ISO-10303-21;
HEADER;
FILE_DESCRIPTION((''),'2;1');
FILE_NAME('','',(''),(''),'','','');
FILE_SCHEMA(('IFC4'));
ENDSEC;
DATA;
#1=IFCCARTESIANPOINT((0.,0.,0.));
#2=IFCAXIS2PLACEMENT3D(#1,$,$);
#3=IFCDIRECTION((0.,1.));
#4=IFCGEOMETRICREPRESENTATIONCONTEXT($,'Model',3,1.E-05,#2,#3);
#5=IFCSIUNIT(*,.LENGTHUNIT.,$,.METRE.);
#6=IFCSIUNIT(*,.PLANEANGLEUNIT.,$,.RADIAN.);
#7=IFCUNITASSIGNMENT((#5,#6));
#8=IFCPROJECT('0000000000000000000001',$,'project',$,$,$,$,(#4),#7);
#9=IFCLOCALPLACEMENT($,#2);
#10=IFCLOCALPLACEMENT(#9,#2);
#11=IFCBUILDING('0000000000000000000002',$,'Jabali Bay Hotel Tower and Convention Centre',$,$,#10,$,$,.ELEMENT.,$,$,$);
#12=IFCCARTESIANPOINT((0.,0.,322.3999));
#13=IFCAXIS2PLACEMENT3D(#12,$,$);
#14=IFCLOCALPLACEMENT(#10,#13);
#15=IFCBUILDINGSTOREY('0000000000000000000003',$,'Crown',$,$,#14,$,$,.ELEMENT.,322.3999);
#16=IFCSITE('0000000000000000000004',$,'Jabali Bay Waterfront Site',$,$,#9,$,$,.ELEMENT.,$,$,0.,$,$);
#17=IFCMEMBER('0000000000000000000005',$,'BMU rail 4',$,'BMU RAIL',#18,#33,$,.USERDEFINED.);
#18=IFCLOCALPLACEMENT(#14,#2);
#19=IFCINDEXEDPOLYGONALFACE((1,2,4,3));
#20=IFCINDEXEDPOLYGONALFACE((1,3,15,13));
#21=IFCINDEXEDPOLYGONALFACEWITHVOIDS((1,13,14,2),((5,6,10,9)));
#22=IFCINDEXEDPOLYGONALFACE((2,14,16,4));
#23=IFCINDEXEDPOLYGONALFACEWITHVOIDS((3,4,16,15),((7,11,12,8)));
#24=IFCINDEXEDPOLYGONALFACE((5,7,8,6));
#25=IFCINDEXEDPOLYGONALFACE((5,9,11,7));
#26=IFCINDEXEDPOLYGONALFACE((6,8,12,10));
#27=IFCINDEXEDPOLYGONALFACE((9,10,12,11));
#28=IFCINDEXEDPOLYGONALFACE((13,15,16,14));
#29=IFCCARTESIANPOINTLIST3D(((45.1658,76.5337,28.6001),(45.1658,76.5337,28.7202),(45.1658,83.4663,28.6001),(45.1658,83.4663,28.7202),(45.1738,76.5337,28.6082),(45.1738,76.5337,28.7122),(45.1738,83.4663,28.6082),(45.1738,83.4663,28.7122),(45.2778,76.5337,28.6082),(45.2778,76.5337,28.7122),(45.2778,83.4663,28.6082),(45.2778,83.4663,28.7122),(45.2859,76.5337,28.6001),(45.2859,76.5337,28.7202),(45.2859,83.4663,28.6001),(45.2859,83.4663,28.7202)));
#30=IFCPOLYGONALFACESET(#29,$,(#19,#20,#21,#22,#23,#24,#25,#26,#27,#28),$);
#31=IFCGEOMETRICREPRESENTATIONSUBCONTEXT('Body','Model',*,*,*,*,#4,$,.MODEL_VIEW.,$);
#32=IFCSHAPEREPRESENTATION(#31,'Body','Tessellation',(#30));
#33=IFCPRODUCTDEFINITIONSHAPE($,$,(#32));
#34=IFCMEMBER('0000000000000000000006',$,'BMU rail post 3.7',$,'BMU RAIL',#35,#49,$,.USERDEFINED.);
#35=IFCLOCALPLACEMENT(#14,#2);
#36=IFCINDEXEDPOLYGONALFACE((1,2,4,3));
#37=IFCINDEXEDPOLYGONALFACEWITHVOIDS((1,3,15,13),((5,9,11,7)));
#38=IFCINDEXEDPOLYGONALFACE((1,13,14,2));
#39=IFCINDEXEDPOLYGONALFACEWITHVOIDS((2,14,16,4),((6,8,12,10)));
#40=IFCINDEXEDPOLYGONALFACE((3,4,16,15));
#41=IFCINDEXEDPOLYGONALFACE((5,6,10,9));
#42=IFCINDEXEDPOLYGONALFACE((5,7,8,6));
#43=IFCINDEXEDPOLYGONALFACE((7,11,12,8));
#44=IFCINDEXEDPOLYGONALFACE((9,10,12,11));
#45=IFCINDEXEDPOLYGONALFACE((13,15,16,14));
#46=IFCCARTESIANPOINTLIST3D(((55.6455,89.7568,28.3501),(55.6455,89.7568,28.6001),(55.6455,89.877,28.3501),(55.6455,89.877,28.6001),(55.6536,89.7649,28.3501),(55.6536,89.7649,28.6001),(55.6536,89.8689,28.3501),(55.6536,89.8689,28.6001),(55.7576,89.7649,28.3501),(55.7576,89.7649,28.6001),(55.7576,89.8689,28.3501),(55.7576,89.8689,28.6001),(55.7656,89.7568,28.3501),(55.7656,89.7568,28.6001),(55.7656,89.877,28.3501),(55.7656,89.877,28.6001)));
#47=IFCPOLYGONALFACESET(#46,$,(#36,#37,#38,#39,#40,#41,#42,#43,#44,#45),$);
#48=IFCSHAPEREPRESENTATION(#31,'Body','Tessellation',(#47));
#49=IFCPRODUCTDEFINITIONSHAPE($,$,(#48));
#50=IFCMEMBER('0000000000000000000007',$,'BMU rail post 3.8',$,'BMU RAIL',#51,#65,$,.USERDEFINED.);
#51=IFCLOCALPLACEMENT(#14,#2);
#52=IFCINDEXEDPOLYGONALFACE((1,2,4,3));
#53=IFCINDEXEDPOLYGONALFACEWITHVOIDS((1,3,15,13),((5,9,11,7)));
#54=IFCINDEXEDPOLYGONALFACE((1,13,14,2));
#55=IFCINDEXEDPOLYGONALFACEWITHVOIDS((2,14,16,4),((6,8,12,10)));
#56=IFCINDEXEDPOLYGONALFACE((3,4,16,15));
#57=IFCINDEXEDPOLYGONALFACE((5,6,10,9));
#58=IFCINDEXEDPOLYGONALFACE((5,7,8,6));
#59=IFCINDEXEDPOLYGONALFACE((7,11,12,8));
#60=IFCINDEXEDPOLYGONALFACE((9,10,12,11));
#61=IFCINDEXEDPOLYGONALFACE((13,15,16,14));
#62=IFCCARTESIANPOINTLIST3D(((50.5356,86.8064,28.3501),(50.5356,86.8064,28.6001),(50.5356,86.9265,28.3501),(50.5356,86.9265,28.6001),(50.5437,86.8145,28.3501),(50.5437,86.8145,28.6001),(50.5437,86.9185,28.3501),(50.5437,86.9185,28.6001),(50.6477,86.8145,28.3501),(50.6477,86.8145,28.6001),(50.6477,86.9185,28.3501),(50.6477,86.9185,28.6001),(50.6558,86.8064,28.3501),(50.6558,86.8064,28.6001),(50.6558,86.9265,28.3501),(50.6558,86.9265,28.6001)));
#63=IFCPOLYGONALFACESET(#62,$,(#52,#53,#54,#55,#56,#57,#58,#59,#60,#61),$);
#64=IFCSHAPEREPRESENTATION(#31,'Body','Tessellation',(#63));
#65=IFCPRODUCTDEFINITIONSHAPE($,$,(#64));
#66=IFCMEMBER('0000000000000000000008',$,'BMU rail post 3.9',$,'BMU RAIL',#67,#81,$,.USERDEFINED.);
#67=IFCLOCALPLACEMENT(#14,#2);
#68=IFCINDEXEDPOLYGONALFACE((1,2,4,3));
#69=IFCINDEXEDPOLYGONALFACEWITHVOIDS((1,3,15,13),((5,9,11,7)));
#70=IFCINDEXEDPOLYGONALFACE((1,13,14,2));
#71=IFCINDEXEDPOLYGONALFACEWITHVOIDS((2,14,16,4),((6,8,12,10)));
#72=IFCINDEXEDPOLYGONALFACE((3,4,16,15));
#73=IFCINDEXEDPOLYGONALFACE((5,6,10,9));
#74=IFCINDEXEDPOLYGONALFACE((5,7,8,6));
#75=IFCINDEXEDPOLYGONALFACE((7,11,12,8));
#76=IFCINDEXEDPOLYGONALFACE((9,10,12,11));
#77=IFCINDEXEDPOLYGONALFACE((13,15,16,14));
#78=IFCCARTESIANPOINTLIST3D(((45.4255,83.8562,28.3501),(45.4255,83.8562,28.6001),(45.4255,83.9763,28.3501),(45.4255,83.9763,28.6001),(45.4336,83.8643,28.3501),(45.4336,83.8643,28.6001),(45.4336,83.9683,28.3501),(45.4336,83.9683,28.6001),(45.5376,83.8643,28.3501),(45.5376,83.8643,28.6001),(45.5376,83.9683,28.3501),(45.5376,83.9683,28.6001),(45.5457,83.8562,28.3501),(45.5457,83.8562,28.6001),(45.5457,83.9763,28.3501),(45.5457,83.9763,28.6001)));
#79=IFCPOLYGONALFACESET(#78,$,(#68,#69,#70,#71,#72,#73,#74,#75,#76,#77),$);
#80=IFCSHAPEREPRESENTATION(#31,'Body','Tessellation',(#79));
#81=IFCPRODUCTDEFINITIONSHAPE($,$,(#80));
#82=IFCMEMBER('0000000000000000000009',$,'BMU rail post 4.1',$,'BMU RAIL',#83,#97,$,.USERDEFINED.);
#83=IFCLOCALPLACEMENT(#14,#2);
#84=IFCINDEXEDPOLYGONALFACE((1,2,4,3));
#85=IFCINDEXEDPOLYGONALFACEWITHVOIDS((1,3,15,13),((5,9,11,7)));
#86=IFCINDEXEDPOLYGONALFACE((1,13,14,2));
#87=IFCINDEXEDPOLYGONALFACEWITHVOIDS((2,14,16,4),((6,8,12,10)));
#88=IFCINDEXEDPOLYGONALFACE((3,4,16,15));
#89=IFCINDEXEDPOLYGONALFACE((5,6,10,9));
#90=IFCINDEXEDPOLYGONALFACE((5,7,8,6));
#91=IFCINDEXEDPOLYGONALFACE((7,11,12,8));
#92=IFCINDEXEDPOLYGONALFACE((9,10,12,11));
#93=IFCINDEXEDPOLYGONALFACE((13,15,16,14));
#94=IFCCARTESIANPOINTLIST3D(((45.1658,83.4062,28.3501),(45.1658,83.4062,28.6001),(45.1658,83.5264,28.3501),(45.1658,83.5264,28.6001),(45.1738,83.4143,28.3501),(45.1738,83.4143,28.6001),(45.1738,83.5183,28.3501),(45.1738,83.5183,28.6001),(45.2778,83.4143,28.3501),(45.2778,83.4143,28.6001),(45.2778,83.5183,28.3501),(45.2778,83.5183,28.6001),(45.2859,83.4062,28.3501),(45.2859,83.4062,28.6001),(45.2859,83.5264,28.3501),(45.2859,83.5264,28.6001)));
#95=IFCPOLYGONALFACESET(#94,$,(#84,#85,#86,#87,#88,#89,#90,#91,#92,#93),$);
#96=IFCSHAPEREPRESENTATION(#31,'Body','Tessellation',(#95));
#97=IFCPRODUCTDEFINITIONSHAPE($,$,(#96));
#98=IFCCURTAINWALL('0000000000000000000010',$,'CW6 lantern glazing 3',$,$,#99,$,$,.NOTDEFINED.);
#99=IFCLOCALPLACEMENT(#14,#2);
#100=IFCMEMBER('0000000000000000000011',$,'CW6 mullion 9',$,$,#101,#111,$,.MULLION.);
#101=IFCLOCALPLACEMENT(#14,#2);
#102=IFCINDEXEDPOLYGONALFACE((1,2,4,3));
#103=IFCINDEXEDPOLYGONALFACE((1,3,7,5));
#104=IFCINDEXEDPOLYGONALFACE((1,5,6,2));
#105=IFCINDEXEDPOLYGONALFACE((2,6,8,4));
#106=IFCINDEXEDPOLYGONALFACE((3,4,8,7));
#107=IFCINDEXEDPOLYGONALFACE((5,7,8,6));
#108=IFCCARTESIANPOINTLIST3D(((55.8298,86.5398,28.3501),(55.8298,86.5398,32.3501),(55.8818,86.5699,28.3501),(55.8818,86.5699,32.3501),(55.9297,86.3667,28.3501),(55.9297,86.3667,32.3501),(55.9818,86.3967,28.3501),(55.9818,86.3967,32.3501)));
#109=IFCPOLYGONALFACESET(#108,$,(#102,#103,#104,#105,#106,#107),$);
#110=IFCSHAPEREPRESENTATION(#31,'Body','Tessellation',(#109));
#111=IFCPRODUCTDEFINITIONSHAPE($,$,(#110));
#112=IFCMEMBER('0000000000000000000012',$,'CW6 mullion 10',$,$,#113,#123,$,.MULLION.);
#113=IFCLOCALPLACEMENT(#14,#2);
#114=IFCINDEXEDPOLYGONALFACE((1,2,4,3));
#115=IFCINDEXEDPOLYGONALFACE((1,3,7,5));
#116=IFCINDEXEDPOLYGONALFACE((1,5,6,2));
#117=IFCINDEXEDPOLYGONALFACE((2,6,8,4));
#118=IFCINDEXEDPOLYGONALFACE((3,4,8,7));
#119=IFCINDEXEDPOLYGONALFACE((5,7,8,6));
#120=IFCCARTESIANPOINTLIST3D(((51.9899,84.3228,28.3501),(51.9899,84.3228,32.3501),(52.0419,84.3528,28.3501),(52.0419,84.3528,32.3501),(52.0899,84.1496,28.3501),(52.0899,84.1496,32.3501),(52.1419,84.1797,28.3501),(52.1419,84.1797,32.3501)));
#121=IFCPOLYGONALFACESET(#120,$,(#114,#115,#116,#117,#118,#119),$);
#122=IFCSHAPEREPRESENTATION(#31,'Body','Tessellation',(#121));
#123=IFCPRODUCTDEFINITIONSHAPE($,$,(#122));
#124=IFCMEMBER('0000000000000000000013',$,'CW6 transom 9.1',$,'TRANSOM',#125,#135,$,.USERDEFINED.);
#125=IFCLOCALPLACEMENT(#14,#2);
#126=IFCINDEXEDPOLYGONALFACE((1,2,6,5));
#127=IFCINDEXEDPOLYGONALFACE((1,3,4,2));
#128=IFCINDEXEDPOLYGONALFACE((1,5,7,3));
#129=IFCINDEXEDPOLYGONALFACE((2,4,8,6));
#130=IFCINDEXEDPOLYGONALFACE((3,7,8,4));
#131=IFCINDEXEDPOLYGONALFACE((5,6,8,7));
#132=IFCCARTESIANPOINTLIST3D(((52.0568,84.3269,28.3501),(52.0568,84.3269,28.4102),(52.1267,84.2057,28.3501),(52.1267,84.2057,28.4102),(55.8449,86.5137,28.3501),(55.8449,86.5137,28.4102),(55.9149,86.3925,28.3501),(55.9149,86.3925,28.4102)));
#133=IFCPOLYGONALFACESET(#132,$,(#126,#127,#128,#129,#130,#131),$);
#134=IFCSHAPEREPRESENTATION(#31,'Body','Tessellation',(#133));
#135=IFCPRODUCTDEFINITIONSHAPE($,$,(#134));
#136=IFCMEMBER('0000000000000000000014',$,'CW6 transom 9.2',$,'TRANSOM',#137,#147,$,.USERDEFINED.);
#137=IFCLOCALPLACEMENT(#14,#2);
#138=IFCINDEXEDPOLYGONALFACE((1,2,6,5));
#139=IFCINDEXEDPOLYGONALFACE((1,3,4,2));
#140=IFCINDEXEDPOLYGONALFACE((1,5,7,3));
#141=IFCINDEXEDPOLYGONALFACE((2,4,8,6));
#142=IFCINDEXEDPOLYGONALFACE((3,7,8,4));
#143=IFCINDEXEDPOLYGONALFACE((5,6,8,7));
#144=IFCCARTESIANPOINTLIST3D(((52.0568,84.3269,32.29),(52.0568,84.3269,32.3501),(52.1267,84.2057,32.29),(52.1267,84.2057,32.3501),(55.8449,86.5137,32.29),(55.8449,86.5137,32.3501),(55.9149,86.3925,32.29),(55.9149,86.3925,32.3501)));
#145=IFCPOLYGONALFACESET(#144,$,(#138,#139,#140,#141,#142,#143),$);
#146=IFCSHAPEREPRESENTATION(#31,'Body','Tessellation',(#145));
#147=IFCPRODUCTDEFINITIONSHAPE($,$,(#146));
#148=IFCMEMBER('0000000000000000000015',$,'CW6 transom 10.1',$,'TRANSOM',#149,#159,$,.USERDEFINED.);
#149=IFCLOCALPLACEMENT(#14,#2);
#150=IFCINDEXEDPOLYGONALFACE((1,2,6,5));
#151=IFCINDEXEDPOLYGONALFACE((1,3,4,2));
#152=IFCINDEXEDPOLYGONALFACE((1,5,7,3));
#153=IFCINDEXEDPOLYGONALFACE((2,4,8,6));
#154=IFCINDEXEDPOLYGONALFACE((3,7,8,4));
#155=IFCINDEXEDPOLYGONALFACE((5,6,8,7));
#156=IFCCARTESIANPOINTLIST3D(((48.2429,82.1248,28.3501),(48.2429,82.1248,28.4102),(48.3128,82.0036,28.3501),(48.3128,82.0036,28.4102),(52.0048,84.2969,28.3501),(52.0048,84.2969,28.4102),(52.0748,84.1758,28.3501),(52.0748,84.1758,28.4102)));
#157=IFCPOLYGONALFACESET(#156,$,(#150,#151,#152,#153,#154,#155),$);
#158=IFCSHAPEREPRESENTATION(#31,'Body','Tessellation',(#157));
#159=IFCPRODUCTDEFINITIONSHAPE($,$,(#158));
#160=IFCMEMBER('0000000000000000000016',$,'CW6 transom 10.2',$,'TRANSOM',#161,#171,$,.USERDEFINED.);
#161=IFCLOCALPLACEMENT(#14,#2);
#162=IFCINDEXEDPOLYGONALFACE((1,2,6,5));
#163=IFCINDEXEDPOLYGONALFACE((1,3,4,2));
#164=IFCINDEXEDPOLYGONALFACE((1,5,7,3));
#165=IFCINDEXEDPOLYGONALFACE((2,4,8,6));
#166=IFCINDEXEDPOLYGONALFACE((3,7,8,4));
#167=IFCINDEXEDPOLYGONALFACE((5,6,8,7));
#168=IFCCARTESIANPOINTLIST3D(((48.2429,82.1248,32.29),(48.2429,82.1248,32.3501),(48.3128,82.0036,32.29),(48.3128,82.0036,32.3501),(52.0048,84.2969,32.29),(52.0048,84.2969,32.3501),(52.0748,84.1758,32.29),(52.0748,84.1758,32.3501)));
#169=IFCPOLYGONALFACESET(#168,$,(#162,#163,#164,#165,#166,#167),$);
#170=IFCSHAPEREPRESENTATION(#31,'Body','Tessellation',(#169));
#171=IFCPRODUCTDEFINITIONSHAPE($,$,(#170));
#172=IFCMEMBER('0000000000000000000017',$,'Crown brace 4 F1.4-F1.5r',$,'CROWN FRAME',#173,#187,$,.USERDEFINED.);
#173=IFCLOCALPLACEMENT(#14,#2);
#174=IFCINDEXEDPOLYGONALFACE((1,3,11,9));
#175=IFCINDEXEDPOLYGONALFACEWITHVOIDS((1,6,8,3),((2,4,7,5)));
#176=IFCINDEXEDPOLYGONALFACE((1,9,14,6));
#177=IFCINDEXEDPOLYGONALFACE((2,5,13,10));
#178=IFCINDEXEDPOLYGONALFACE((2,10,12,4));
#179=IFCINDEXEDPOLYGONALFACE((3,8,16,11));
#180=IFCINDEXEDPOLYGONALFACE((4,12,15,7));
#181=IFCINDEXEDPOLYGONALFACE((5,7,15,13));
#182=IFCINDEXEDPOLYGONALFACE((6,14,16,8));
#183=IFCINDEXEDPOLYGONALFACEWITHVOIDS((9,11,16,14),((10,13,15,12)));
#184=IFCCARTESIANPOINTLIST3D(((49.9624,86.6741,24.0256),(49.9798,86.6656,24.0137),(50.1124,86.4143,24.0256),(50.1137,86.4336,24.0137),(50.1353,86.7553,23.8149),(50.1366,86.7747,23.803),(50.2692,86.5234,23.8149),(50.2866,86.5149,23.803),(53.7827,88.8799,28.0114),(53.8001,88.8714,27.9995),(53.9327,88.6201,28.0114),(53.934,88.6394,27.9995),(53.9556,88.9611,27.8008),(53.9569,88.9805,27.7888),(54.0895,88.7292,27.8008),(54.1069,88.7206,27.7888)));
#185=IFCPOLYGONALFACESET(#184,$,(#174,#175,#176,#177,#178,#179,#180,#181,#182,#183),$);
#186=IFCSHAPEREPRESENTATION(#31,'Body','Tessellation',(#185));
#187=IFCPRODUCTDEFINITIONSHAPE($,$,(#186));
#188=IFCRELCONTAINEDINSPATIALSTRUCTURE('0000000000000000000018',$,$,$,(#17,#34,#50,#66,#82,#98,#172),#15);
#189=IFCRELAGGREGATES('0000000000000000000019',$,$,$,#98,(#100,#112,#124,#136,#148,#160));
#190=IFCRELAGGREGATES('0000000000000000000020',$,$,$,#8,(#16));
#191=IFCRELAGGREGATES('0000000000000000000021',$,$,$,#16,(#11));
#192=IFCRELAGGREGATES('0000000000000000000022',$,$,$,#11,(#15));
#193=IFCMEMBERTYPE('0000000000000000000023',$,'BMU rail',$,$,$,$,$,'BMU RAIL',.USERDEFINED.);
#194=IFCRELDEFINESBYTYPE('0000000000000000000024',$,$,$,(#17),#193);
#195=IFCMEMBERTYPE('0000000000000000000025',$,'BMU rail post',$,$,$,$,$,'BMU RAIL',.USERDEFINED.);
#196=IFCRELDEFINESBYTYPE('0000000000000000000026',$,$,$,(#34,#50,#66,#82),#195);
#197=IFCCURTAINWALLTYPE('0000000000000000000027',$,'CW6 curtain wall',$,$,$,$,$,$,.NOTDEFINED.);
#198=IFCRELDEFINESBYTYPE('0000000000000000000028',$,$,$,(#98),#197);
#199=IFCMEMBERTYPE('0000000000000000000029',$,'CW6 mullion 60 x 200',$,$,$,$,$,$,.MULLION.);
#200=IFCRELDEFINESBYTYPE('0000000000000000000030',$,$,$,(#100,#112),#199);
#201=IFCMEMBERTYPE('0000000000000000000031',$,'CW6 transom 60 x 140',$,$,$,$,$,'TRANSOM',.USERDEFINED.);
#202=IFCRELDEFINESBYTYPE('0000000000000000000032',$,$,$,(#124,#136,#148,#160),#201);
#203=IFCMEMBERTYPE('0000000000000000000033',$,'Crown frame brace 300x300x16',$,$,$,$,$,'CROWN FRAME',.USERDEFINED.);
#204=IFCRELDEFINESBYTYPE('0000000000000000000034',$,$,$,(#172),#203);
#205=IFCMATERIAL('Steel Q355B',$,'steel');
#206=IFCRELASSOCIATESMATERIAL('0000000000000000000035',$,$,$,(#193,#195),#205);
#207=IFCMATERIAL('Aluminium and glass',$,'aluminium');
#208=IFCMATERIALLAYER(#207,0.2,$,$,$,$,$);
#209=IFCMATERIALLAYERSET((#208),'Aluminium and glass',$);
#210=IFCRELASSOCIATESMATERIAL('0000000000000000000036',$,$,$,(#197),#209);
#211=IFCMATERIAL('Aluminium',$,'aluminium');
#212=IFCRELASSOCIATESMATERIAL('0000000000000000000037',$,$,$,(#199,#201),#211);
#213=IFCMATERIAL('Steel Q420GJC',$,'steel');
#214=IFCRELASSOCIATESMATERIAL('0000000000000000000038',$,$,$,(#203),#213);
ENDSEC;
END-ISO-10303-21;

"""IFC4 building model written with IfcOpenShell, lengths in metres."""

from ifc_helpers import new_model, si_unit, direction, frame, origin, origin_2d, place, context, subcontext, project, spatial, rectangle, hollow_rectangle, extrude, material, layer, layer_set, material_profile, profile_set, type_object, element, aggregate, save


model = new_model("IFC4")

# Units and contexts
model_context = context("Model", 3, precision=1e-05, world=origin(), true_north=direction((0.0, 1.0)))
body_context = subcontext(model_context, "Body", "Model", "MODEL_VIEW")
ifc_project = project(units=[si_unit("LENGTHUNIT", "METRE"), si_unit("PLANEANGLEUNIT", "RADIAN")], contexts=[model_context])

# Site, building, storey
site_placement = place(None, origin())
site = spatial("IfcSite", under=ifc_project, at=site_placement, Name="Jabali Bay Waterfront Site", CompositionType="ELEMENT", RefElevation=0.0)
building_placement = place(site_placement, origin())
building = spatial("IfcBuilding", under=site, at=building_placement, Name="Jabali Bay Hotel Tower and Convention Centre", CompositionType="ELEMENT")
storey_placement = place(building_placement, frame((0.0, 0.0, 322.3999)))
storey = spatial("IfcBuildingStorey", under=building, at=storey_placement, Name="Crown", CompositionType="ELEMENT", Elevation=322.3999)

# Members
ifc_material_1 = material(Name="Steel Q355B", Category="steel")
ifc_material_profile_1 = material_profile(ifc_material_1, hollow_rectangle(XDim=0.1201, YDim=0.1201, WallThickness=0.0081, at=origin_2d()), Name="BMU rail")
ifc_profile_set_1 = profile_set([ifc_material_profile_1], Name="Steel Q355B")
member_type_1 = type_object("IfcMemberType", Name="BMU rail", ElementType="BMU RAIL", PredefinedType="USERDEFINED", material=ifc_profile_set_1)
member_1_placement = place(storey_placement, frame((45.2258, 83.4663, 28.6602), z_axis=(0.0, -1.0, 0.0), x_axis=(1.0, 0.0, 0.0)))
element("IfcMember", 1, at=member_1_placement, inside=storey, type_object=member_type_1, Name="BMU rail 4", ObjectType="BMU RAIL", PredefinedType="USERDEFINED", context=body_context, shape_type="SweptSolid", body=[
    extrude(hollow_rectangle(XDim=0.1201, YDim=0.1201, WallThickness=0.0081, at=origin_2d()), origin(), (0.0, 0.0, 1.0), 6.9326),
])
ifc_material_profile_2 = material_profile(ifc_material_1, hollow_rectangle(XDim=0.1201, YDim=0.1201, WallThickness=0.0081, at=origin_2d()), Name="BMU rail post")
ifc_profile_set_2 = profile_set([ifc_material_profile_2], Name="Steel Q355B")
member_type_2 = type_object("IfcMemberType", Name="BMU rail post", ElementType="BMU RAIL", PredefinedType="USERDEFINED", material=ifc_profile_set_2)
for number, where, z_axis, x_axis, name in (
    (2, (55.7056, 89.8169, 28.3501), (0.0, 0.0, 1.0), (1.0, 0.0, 0.0), "BMU rail post 3.7"),
    (3, (50.5957, 86.8665, 28.3501), (0.0, 0.0, 1.0), (1.0, 0.0, 0.0), "BMU rail post 3.8"),
    (4, (45.4856, 83.9163, 28.3501), (0.0, 0.0, 1.0), (1.0, 0.0, 0.0), "BMU rail post 3.9"),
    (5, (45.2258, 83.4663, 28.3501), (0.0, 0.0, 1.0), (1.0, 0.0, 0.0), "BMU rail post 4.1"),
):
    element("IfcMember", number, at=place(storey_placement, frame(where, z_axis=z_axis, x_axis=x_axis)), inside=storey, type_object=member_type_2, Name=name, ObjectType="BMU RAIL", PredefinedType="USERDEFINED", context=body_context, shape_type="SweptSolid", body=[
        extrude(hollow_rectangle(XDim=0.1201, YDim=0.1201, WallThickness=0.0081, at=origin_2d()), origin(), (0.0, 0.0, 1.0), 0.25),
    ])

# Curtain wall, members
ifc_material_2 = material(Name="Aluminium and glass", Category="aluminium")
ifc_layer_1 = layer(ifc_material_2, 0.2)
ifc_layer_set_1 = layer_set([ifc_layer_1], Name="Aluminium and glass")
curtain_wall_type = type_object("IfcCurtainWallType", Name="CW6 curtain wall", PredefinedType="NOTDEFINED", material=ifc_layer_set_1)
curtain_wall_placement = place(storey_placement, origin())
curtain_wall = element("IfcCurtainWall", 6, at=curtain_wall_placement, inside=storey, type_object=curtain_wall_type, Name="CW6 lantern glazing 3", PredefinedType="NOTDEFINED")
ifc_material_3 = material(Name="Aluminium", Category="aluminium")
ifc_material_profile_3 = material_profile(ifc_material_3, rectangle(XDim=0.2, YDim=0.0601, at=origin_2d()), Name="CW6 mullion 60 x 200")
ifc_profile_set_3 = profile_set([ifc_material_profile_3], Name="Aluminium")
member_type_3 = type_object("IfcMemberType", Name="CW6 mullion 60 x 200", PredefinedType="MULLION", material=ifc_profile_set_3)
member_2_placement = place(storey_placement, frame((55.9058, 86.4683, 28.3501), z_axis=(0.0, 0.0, 1.0), x_axis=(0.5, -0.866025, 0.0)))
member_2 = element("IfcMember", 7, at=member_2_placement, type_object=member_type_3, Name="CW6 mullion 9", PredefinedType="MULLION", context=body_context, shape_type="SweptSolid", body=[
    extrude(rectangle(XDim=0.2, YDim=0.0601, at=origin_2d()), origin(), (0.0, 0.0, 1.0), 4.0),
])
member_3_placement = place(storey_placement, frame((52.0659, 84.2512, 28.3501), z_axis=(0.0, 0.0, 1.0), x_axis=(0.5, -0.866025, 0.0)))
member_3 = element("IfcMember", 8, at=member_3_placement, type_object=member_type_3, Name="CW6 mullion 10", PredefinedType="MULLION", context=body_context, shape_type="SweptSolid", body=[
    extrude(rectangle(XDim=0.2, YDim=0.0601, at=origin_2d()), origin(), (0.0, 0.0, 1.0), 4.0),
])
ifc_material_profile_4 = material_profile(ifc_material_3, rectangle(XDim=0.1399, YDim=0.0601, at=origin_2d()), Name="CW6 transom 60 x 140")
ifc_profile_set_4 = profile_set([ifc_material_profile_4], Name="Aluminium")
member_type_4 = type_object("IfcMemberType", Name="CW6 transom 60 x 140", ElementType="TRANSOM", PredefinedType="USERDEFINED", material=ifc_profile_set_4)
member_4_placement = place(storey_placement, frame((55.8799, 86.4531, 28.3801), z_axis=(-0.866054, -0.499951, 0.0), x_axis=(0.499951, -0.866054, 0.0)))
member_4 = element("IfcMember", 9, at=member_4_placement, type_object=member_type_4, Name="CW6 transom 9.1", ObjectType="TRANSOM", PredefinedType="USERDEFINED", context=body_context, shape_type="SweptSolid", body=[
    extrude(rectangle(XDim=0.1399, YDim=0.0601, at=origin_2d()), origin(), (0.0, 0.0, 1.0), 4.374),
])
member_5_placement = place(storey_placement, frame((55.8799, 86.4531, 32.3201), z_axis=(-0.866054, -0.499951, 0.0), x_axis=(0.499951, -0.866054, 0.0)))
member_5 = element("IfcMember", 10, at=member_5_placement, type_object=member_type_4, Name="CW6 transom 9.2", ObjectType="TRANSOM", PredefinedType="USERDEFINED", context=body_context, shape_type="SweptSolid", body=[
    extrude(rectangle(XDim=0.1399, YDim=0.0601, at=origin_2d()), origin(), (0.0, 0.0, 1.0), 4.374),
])
member_6_placement = place(storey_placement, frame((52.0398, 84.2363, 28.3801), z_axis=(-0.866011, -0.500026, 0.0), x_axis=(0.500026, -0.866011, 0.0)))
member_6 = element("IfcMember", 11, at=member_6_placement, type_object=member_type_4, Name="CW6 transom 10.1", ObjectType="TRANSOM", PredefinedType="USERDEFINED", context=body_context, shape_type="SweptSolid", body=[
    extrude(rectangle(XDim=0.1399, YDim=0.0601, at=origin_2d()), origin(), (0.0, 0.0, 1.0), 4.344),
])
member_7_placement = place(storey_placement, frame((52.0398, 84.2363, 32.3201), z_axis=(-0.866011, -0.500026, 0.0), x_axis=(0.500026, -0.866011, 0.0)))
member_7 = element("IfcMember", 12, at=member_7_placement, type_object=member_type_4, Name="CW6 transom 10.2", ObjectType="TRANSOM", PredefinedType="USERDEFINED", context=body_context, shape_type="SweptSolid", body=[
    extrude(rectangle(XDim=0.1399, YDim=0.0601, at=origin_2d()), origin(), (0.0, 0.0, 1.0), 4.344),
])

# Member
ifc_material_4 = material(Name="Steel Q420GJC", Category="steel")
ifc_material_profile_5 = material_profile(ifc_material_4, hollow_rectangle(XDim=0.3, YDim=0.3, WallThickness=0.0161, at=origin_2d()), Name="Crown frame brace 300x300x16")
ifc_profile_set_5 = profile_set([ifc_material_profile_5], Name="Steel Q420GJC")
member_type_5 = type_object("IfcMemberType", Name="Crown frame brace 300x300x16", ElementType="CROWN FRAME", PredefinedType="USERDEFINED", material=ifc_profile_set_5)
member_8_placement = place(storey_placement, frame((50.1245, 86.5945, 23.9143), z_axis=(0.64257, 0.371014, 0.670412), x_axis=(-0.500026, 0.86601, 0.0)))
element("IfcMember", 13, at=member_8_placement, inside=storey, type_object=member_type_5, Name="Crown brace 4 F1.4-F1.5r", ObjectType="CROWN FRAME", PredefinedType="USERDEFINED", context=body_context, shape_type="SweptSolid", body=[
    extrude(hollow_rectangle(XDim=0.3, YDim=0.3, WallThickness=0.0161, at=origin_2d()), origin(), (0.0, 0.0, 1.0), 5.9453),
])

aggregate(curtain_wall, [member_2, member_3, member_4, member_5, member_6, member_7])

save(model, "model.ifc")
